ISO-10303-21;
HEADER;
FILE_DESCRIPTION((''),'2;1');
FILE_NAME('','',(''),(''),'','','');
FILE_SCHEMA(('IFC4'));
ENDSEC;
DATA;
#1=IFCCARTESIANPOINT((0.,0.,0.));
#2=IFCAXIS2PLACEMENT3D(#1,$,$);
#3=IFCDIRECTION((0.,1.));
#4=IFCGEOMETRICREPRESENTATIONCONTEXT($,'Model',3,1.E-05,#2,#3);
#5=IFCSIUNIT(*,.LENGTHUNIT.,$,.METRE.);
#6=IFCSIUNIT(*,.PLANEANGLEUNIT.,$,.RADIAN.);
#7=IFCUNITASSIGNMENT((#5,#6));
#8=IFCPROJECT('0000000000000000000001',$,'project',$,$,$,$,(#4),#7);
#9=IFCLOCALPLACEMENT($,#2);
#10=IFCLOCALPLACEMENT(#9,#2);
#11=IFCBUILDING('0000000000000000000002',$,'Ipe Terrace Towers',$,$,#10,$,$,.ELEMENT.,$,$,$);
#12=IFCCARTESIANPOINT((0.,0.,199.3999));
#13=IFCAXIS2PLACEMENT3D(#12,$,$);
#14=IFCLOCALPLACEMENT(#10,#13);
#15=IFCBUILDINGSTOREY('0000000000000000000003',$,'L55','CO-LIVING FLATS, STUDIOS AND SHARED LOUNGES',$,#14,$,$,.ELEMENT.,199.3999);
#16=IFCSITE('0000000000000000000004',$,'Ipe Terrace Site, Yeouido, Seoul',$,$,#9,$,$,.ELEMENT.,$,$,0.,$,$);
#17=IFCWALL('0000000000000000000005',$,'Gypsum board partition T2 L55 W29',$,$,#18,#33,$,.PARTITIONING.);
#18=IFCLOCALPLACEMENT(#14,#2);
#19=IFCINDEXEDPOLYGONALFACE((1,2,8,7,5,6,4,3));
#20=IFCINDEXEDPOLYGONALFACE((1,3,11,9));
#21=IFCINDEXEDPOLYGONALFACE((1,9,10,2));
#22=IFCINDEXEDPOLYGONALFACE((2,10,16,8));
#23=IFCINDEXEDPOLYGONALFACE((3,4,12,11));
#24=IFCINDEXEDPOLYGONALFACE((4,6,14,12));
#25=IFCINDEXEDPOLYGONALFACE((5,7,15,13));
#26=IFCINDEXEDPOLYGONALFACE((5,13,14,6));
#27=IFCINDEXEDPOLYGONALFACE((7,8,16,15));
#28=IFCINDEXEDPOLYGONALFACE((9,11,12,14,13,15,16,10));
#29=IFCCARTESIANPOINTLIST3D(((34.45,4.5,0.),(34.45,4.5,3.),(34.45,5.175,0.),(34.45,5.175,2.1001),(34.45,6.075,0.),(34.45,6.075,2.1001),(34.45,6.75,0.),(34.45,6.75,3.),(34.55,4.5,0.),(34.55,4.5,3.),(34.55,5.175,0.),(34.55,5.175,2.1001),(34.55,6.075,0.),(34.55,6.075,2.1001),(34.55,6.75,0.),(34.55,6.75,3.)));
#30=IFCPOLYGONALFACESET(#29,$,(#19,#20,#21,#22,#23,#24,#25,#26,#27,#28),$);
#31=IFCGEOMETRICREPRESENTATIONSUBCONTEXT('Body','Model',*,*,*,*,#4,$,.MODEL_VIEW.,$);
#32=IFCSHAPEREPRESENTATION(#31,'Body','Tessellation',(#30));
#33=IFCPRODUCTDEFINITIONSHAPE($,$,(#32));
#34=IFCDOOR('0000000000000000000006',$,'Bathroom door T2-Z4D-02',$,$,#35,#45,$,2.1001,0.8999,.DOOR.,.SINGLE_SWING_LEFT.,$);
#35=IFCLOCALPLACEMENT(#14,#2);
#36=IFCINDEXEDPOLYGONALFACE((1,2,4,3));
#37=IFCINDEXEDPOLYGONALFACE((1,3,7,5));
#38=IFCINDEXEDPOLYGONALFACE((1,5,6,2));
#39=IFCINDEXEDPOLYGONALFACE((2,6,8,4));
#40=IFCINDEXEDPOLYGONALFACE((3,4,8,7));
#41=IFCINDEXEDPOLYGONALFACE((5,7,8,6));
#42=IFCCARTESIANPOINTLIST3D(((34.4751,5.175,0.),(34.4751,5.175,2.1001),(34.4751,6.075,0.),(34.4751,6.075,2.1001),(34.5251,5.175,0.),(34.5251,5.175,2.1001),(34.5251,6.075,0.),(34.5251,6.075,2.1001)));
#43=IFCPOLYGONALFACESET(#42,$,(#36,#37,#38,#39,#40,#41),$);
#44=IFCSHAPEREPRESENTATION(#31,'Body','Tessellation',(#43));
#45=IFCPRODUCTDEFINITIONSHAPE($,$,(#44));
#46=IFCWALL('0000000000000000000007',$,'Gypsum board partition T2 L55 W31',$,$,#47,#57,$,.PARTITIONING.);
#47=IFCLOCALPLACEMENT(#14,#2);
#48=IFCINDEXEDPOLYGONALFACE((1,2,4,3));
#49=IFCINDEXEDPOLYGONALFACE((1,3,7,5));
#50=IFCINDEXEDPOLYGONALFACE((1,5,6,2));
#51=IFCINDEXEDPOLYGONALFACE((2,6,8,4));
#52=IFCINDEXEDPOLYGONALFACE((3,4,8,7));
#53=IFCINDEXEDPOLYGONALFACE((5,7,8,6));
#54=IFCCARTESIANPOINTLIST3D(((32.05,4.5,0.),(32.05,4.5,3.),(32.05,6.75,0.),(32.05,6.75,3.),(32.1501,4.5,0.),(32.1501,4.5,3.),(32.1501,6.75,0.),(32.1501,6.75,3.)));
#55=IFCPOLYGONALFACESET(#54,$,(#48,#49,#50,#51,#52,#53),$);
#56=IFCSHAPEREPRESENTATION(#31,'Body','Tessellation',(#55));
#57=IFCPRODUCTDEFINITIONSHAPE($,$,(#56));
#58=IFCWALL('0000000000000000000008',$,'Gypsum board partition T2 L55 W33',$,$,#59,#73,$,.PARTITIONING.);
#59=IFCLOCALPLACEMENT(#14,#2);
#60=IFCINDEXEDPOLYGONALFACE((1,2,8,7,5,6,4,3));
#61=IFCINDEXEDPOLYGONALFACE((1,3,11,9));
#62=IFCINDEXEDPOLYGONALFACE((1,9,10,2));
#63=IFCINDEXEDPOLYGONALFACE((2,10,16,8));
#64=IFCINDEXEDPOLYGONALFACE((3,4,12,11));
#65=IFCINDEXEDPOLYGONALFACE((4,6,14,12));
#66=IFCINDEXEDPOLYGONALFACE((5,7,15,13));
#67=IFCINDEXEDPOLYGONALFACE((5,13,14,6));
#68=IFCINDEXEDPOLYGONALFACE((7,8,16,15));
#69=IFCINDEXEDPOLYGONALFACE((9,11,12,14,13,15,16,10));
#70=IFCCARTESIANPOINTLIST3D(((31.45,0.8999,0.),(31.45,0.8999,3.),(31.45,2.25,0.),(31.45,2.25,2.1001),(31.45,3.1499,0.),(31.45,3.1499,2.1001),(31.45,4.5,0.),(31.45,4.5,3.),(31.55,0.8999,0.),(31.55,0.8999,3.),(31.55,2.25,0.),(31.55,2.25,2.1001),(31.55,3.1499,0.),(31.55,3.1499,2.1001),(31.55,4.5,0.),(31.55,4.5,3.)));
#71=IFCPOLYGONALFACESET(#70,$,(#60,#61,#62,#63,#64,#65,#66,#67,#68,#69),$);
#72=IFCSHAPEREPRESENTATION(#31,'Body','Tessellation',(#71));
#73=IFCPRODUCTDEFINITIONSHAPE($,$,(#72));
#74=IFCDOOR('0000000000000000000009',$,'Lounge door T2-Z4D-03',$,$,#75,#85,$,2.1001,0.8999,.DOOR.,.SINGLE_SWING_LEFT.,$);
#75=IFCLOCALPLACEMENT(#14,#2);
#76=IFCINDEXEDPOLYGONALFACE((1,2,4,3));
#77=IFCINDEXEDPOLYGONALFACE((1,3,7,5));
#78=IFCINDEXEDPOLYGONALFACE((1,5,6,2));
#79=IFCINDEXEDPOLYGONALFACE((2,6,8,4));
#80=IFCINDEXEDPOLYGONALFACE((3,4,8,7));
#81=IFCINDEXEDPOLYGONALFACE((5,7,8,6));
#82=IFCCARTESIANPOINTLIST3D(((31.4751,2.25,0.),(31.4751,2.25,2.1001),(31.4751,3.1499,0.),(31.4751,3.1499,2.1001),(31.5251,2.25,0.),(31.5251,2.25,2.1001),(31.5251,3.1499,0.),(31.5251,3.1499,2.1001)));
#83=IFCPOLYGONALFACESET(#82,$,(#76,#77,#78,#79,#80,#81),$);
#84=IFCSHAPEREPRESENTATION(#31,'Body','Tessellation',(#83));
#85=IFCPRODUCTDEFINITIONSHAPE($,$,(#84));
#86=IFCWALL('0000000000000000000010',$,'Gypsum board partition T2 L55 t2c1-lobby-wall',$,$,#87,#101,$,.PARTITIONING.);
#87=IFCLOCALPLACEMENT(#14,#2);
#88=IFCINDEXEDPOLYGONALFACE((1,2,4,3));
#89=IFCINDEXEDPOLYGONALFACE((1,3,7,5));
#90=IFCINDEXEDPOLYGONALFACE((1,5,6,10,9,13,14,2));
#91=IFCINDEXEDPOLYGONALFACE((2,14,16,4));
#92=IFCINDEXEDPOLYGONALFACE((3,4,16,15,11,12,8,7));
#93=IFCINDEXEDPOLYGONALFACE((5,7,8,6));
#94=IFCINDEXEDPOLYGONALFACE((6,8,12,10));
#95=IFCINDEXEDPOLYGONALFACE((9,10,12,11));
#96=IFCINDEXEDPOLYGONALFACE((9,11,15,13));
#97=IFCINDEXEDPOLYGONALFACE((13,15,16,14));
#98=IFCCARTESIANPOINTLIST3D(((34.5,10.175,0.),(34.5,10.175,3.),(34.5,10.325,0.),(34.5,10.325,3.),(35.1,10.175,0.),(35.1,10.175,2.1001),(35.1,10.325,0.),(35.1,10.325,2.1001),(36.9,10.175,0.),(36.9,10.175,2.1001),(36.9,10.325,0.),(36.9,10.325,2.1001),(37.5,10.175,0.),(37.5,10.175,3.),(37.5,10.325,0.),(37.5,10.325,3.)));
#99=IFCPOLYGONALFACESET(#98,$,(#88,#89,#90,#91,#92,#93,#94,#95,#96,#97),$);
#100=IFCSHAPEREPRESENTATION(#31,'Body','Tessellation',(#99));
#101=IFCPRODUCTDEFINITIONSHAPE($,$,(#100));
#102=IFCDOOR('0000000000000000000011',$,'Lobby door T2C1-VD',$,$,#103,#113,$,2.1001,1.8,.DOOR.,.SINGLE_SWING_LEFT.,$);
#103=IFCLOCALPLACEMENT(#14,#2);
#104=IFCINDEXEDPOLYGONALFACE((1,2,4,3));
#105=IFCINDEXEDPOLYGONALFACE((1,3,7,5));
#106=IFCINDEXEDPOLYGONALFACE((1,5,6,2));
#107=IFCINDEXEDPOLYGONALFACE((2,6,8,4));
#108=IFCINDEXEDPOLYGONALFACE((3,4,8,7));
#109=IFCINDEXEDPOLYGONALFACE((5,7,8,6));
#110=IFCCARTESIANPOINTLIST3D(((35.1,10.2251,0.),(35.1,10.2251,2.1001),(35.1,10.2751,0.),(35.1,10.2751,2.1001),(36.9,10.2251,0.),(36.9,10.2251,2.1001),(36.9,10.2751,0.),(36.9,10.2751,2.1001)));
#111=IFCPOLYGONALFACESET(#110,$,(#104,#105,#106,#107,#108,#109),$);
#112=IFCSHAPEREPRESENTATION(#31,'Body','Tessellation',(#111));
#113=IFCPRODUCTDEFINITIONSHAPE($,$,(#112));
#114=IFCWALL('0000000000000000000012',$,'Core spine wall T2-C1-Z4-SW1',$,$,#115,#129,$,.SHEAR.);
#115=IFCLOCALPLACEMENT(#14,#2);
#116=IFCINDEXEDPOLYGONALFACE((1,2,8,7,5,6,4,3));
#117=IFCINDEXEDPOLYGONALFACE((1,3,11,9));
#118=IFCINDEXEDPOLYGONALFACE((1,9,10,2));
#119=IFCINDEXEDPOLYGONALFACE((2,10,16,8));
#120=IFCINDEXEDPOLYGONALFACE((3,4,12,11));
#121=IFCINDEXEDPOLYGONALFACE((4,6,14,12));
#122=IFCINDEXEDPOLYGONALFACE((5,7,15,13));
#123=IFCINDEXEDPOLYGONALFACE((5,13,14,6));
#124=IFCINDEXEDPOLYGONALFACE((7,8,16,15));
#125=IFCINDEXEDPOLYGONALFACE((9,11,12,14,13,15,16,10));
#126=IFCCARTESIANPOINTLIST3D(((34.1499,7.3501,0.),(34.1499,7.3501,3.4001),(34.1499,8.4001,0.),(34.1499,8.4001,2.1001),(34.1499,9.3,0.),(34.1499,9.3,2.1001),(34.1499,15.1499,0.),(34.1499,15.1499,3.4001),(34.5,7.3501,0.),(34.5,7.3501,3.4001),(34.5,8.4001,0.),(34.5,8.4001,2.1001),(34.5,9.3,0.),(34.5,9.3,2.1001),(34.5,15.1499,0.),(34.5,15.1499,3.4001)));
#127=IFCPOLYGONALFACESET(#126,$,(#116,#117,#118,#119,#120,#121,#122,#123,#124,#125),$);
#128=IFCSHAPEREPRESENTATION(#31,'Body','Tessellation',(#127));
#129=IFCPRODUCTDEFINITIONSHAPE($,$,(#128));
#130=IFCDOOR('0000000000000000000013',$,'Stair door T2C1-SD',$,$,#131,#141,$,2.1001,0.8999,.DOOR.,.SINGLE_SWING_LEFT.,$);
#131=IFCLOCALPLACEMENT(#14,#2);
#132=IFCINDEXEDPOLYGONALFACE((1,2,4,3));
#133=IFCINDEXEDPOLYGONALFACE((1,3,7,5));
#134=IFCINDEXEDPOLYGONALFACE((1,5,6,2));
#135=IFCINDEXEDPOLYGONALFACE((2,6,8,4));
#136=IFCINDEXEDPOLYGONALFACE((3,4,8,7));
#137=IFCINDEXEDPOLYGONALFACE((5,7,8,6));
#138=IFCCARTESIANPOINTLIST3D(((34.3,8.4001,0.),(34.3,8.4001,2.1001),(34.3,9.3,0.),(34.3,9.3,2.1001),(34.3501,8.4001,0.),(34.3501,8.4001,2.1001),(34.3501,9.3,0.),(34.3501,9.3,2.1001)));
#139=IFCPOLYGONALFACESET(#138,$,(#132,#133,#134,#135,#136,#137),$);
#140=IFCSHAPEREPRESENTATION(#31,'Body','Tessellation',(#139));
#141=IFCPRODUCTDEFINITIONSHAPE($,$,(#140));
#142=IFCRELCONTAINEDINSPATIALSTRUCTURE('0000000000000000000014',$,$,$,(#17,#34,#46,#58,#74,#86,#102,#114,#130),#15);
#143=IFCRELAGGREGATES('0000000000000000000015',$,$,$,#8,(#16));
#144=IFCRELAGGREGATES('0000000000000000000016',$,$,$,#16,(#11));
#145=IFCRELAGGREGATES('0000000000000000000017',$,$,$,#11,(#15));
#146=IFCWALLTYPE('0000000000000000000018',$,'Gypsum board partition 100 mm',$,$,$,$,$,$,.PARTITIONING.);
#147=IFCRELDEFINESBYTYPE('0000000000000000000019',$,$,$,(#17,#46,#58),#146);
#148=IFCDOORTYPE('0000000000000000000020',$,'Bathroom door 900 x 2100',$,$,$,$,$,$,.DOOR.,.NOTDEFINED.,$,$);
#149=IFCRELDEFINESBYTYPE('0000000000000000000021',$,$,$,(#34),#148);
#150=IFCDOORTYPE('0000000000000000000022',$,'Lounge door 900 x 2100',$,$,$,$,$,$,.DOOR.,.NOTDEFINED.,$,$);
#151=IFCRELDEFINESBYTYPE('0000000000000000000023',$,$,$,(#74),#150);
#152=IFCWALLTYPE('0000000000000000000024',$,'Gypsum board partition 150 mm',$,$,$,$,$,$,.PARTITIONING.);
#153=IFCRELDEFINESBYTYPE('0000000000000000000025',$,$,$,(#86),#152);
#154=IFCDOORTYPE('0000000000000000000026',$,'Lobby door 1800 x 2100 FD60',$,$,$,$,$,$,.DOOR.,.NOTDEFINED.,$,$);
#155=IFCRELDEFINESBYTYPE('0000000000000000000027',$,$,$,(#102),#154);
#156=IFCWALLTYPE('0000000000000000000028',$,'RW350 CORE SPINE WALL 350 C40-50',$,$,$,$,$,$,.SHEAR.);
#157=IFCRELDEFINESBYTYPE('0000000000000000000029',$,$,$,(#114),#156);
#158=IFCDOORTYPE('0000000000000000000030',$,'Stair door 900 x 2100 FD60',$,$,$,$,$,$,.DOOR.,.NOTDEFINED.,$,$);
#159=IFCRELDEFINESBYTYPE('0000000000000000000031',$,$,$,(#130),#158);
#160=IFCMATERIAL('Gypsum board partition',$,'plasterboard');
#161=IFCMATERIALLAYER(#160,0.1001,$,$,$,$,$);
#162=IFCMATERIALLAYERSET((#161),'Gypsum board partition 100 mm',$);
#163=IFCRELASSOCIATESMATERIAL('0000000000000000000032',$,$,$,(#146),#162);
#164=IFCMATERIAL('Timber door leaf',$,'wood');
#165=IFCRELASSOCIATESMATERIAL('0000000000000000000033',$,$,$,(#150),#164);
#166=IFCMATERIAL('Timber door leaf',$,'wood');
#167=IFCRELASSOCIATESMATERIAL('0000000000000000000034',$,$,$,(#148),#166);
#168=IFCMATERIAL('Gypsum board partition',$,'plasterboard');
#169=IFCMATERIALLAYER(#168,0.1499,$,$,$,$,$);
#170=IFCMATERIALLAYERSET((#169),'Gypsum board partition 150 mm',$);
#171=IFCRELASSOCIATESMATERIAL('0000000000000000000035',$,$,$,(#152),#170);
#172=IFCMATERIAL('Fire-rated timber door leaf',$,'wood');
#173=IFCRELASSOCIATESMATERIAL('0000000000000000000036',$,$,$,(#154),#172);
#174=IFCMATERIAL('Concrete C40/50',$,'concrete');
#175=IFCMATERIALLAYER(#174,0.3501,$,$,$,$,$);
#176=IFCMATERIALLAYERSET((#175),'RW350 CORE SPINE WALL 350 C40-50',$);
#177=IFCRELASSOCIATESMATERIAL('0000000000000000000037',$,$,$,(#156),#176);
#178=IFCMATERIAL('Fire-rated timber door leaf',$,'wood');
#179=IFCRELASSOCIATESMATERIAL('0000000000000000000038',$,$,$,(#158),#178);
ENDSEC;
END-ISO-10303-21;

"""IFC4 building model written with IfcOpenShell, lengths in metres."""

from ifc_helpers import new_model, si_unit, direction, frame, frame_2d, origin, place, context, subcontext, project, spatial, rectangle, extrude, material, layer, layer_set, type_object, element, fill, save


model = new_model("IFC4")

# Units and contexts
model_context = context("Model", 3, precision=1e-05, world=origin(), true_north=direction((0.0, 1.0)))
body_context = subcontext(model_context, "Body", "Model", "MODEL_VIEW")
ifc_project = project(units=[si_unit("LENGTHUNIT", "METRE"), si_unit("PLANEANGLEUNIT", "RADIAN")], contexts=[model_context])

# Site, building, storey
site_placement = place(None, origin())
site = spatial("IfcSite", under=ifc_project, at=site_placement, Name="Ipe Terrace Site, Yeouido, Seoul", CompositionType="ELEMENT", RefElevation=0.0)
building_placement = place(site_placement, origin())
building = spatial("IfcBuilding", under=site, at=building_placement, Name="Ipe Terrace Towers", CompositionType="ELEMENT")
storey_placement = place(building_placement, frame((0.0, 0.0, 199.3999)))
storey = spatial("IfcBuildingStorey", under=building, at=storey_placement, Name="L55", Description="CO-LIVING FLATS, STUDIOS AND SHARED LOUNGES", CompositionType="ELEMENT", Elevation=199.3999)

# Shared definitions
ifc_material_1 = material(Name="Gypsum board partition", Category="plasterboard")
ifc_layer_1 = layer(ifc_material_1, 0.1001)
ifc_layer_set_1 = layer_set([ifc_layer_1], Name="Gypsum board partition 100 mm")
wall_type_1 = type_object("IfcWallType", Name="Gypsum board partition 100 mm", PredefinedType="PARTITIONING", material=ifc_layer_set_1)

# Shared definitions
ifc_material_2 = material(Name="Timber door leaf", Category="wood")
door_type_1 = type_object("IfcDoorType", Name="Lounge door 900 x 2100", OperationType="NOTDEFINED", PredefinedType="DOOR", material=ifc_material_2)

# Wall, opening, door
wall_1_placement = place(storey_placement, frame((34.5, 4.5, 0.0), z_axis=(0.0, 0.0, 1.0), x_axis=(0.0, 1.0, 0.0)))
wall_1 = element("IfcWall", 1, at=wall_1_placement, inside=storey, type_object=wall_type_1, Name="Gypsum board partition T2 L55 W29", PredefinedType="PARTITIONING", context=body_context, shape_type="SweptSolid", body=[
    extrude(rectangle(XDim=2.25, YDim=0.1001, at=frame_2d((1.125, 0.0))), origin(), (0.0, 0.0, 1.0), 3.0),
])
opening_1_placement = place(wall_1_placement, frame((0.675, 0.0, 0.0)))
opening_1 = element("IfcOpeningElement", 2, at=opening_1_placement, cuts=wall_1, PredefinedType="OPENING", context=body_context, shape_type="SweptSolid", body=[
    extrude(rectangle(XDim=0.8999, YDim=2.1001, at=frame_2d((0.45, 1.05))), frame((0.0, 0.0601, 0.0), z_axis=(0.0, -1.0, 0.0), x_axis=(1.0, 0.0, 0.0)), (0.0, 0.0, 1.0), 0.1201),
])
ifc_material_3 = material(Name="Timber door leaf", Category="wood")
door_type_2 = type_object("IfcDoorType", Name="Bathroom door 900 x 2100", OperationType="NOTDEFINED", PredefinedType="DOOR", material=ifc_material_3)
door_1_placement = place(opening_1_placement, origin())
door_1 = element("IfcDoor", 3, at=door_1_placement, inside=storey, type_object=door_type_2, Name="Bathroom door T2-Z4D-02", OperationType="SINGLE_SWING_LEFT", OverallHeight=2.1001, OverallWidth=0.8999, PredefinedType="DOOR", context=body_context, shape_type="SweptSolid", body=[
    extrude(rectangle(XDim=0.8999, YDim=2.1001, at=frame_2d((0.45, 1.05))), frame((0.0, 0.0249, 0.0), z_axis=(0.0, -1.0, 0.0), x_axis=(1.0, 0.0, 0.0)), (0.0, 0.0, 1.0), 0.05),
])
fill(opening_1, door_1)

# Wall
wall_2_placement = place(storey_placement, frame((32.1001, 4.5, 0.0), z_axis=(0.0, 0.0, 1.0), x_axis=(0.0, 1.0, 0.0)))
element("IfcWall", 4, at=wall_2_placement, inside=storey, type_object=wall_type_1, Name="Gypsum board partition T2 L55 W31", PredefinedType="PARTITIONING", context=body_context, shape_type="SweptSolid", body=[
    extrude(rectangle(XDim=2.25, YDim=0.1001, at=frame_2d((1.125, 0.0))), origin(), (0.0, 0.0, 1.0), 3.0),
])

# Walls, openings, doors
wall_3_placement = place(storey_placement, frame((31.5, 0.8999, 0.0), z_axis=(0.0, 0.0, 1.0), x_axis=(0.0, 1.0, 0.0)))
wall_3 = element("IfcWall", 5, at=wall_3_placement, inside=storey, type_object=wall_type_1, Name="Gypsum board partition T2 L55 W33", PredefinedType="PARTITIONING", context=body_context, shape_type="SweptSolid", body=[
    extrude(rectangle(XDim=3.6001, YDim=0.1001, at=frame_2d((1.8, 0.0))), origin(), (0.0, 0.0, 1.0), 3.0),
])
opening_2_placement = place(wall_3_placement, frame((1.3501, 0.0, 0.0)))
opening_2 = element("IfcOpeningElement", 6, at=opening_2_placement, cuts=wall_3, PredefinedType="OPENING", context=body_context, shape_type="SweptSolid", body=[
    extrude(rectangle(XDim=0.8999, YDim=2.1001, at=frame_2d((0.45, 1.05))), frame((0.0, 0.0601, 0.0), z_axis=(0.0, -1.0, 0.0), x_axis=(1.0, 0.0, 0.0)), (0.0, 0.0, 1.0), 0.1201),
])
door_2_placement = place(opening_2_placement, origin())
door_2 = element("IfcDoor", 7, at=door_2_placement, inside=storey, type_object=door_type_1, Name="Lounge door T2-Z4D-03", OperationType="SINGLE_SWING_LEFT", OverallHeight=2.1001, OverallWidth=0.8999, PredefinedType="DOOR", context=body_context, shape_type="SweptSolid", body=[
    extrude(rectangle(XDim=0.8999, YDim=2.1001, at=frame_2d((0.45, 1.05))), frame((0.0, 0.0249, 0.0), z_axis=(0.0, -1.0, 0.0), x_axis=(1.0, 0.0, 0.0)), (0.0, 0.0, 1.0), 0.05),
])
fill(opening_2, door_2)
ifc_material_4 = material(Name="Gypsum board partition", Category="plasterboard")
ifc_layer_2 = layer(ifc_material_4, 0.1499)
ifc_layer_set_2 = layer_set([ifc_layer_2], Name="Gypsum board partition 150 mm")
wall_type_2 = type_object("IfcWallType", Name="Gypsum board partition 150 mm", PredefinedType="PARTITIONING", material=ifc_layer_set_2)
wall_4_placement = place(storey_placement, frame((37.5, 10.25, 0.0), z_axis=(0.0, 0.0, 1.0), x_axis=(-1.0, 0.0, 0.0)))
wall_4 = element("IfcWall", 8, at=wall_4_placement, inside=storey, type_object=wall_type_2, Name="Gypsum board partition T2 L55 t2c1-lobby-wall", PredefinedType="PARTITIONING", context=body_context, shape_type="SweptSolid", body=[
    extrude(rectangle(XDim=3.0, YDim=0.1499, at=frame_2d((1.5, 0.0))), origin(), (0.0, 0.0, 1.0), 3.0),
])
opening_3_placement = place(wall_4_placement, frame((0.6001, 0.0, 0.0)))
opening_3 = element("IfcOpeningElement", 9, at=opening_3_placement, cuts=wall_4, PredefinedType="OPENING", context=body_context, shape_type="SweptSolid", body=[
    extrude(rectangle(XDim=1.8, YDim=2.1001, at=frame_2d((0.8999, 1.05))), frame((0.0, 0.085, 0.0), z_axis=(0.0, -1.0, 0.0), x_axis=(1.0, 0.0, 0.0)), (0.0, 0.0, 1.0), 0.1699),
])
ifc_material_5 = material(Name="Fire-rated timber door leaf", Category="wood")
door_type_3 = type_object("IfcDoorType", Name="Lobby door 1800 x 2100 FD60", OperationType="NOTDEFINED", PredefinedType="DOOR", material=ifc_material_5)
door_3_placement = place(opening_3_placement, origin())
door_3 = element("IfcDoor", 10, at=door_3_placement, inside=storey, type_object=door_type_3, Name="Lobby door T2C1-VD", OperationType="SINGLE_SWING_LEFT", OverallHeight=2.1001, OverallWidth=1.8, PredefinedType="DOOR", context=body_context, shape_type="SweptSolid", body=[
    extrude(rectangle(XDim=1.8, YDim=2.1001, at=frame_2d((0.8999, 1.05))), frame((0.0, 0.0249, 0.0), z_axis=(0.0, -1.0, 0.0), x_axis=(1.0, 0.0, 0.0)), (0.0, 0.0, 1.0), 0.05),
])
fill(opening_3, door_3)
ifc_material_6 = material(Name="Concrete C40/50", Category="concrete")
ifc_layer_3 = layer(ifc_material_6, 0.3501)
ifc_layer_set_3 = layer_set([ifc_layer_3], Name="RW350 CORE SPINE WALL 350 C40-50")
wall_type_3 = type_object("IfcWallType", Name="RW350 CORE SPINE WALL 350 C40-50", PredefinedType="SHEAR", material=ifc_layer_set_3)
wall_5_placement = place(storey_placement, frame((34.325, 7.3501, 0.0), z_axis=(0.0, 0.0, 1.0), x_axis=(0.0, 1.0, 0.0)))
wall_5 = element("IfcWall", 11, at=wall_5_placement, inside=storey, type_object=wall_type_3, Name="Core spine wall T2-C1-Z4-SW1", PredefinedType="SHEAR", context=body_context, shape_type="SweptSolid", body=[
    extrude(rectangle(XDim=7.7998, YDim=0.3501, at=frame_2d((3.8999, 0.0))), origin(), (0.0, 0.0, 1.0), 3.4001),
])
opening_4_placement = place(wall_5_placement, frame((1.05, 0.0, 0.0)))
opening_4 = element("IfcOpeningElement", 12, at=opening_4_placement, cuts=wall_5, PredefinedType="OPENING", context=body_context, shape_type="SweptSolid", body=[
    extrude(rectangle(XDim=0.8999, YDim=2.1001, at=frame_2d((0.45, 1.05))), frame((0.0, 0.1851, 0.0), z_axis=(0.0, -1.0, 0.0), x_axis=(1.0, 0.0, 0.0)), (0.0, 0.0, 1.0), 0.3701),
])
ifc_material_7 = material(Name="Fire-rated timber door leaf", Category="wood")
door_type_4 = type_object("IfcDoorType", Name="Stair door 900 x 2100 FD60", OperationType="NOTDEFINED", PredefinedType="DOOR", material=ifc_material_7)
door_4_placement = place(opening_4_placement, origin())
door_4 = element("IfcDoor", 13, at=door_4_placement, inside=storey, type_object=door_type_4, Name="Stair door T2C1-SD", OperationType="SINGLE_SWING_LEFT", OverallHeight=2.1001, OverallWidth=0.8999, PredefinedType="DOOR", context=body_context, shape_type="SweptSolid", body=[
    extrude(rectangle(XDim=0.8999, YDim=2.1001, at=frame_2d((0.45, 1.05))), frame((0.0, 0.0249, 0.0), z_axis=(0.0, -1.0, 0.0), x_axis=(1.0, 0.0, 0.0)), (0.0, 0.0, 1.0), 0.05),
])
fill(opening_4, door_4)

save(model, "model.ifc")
